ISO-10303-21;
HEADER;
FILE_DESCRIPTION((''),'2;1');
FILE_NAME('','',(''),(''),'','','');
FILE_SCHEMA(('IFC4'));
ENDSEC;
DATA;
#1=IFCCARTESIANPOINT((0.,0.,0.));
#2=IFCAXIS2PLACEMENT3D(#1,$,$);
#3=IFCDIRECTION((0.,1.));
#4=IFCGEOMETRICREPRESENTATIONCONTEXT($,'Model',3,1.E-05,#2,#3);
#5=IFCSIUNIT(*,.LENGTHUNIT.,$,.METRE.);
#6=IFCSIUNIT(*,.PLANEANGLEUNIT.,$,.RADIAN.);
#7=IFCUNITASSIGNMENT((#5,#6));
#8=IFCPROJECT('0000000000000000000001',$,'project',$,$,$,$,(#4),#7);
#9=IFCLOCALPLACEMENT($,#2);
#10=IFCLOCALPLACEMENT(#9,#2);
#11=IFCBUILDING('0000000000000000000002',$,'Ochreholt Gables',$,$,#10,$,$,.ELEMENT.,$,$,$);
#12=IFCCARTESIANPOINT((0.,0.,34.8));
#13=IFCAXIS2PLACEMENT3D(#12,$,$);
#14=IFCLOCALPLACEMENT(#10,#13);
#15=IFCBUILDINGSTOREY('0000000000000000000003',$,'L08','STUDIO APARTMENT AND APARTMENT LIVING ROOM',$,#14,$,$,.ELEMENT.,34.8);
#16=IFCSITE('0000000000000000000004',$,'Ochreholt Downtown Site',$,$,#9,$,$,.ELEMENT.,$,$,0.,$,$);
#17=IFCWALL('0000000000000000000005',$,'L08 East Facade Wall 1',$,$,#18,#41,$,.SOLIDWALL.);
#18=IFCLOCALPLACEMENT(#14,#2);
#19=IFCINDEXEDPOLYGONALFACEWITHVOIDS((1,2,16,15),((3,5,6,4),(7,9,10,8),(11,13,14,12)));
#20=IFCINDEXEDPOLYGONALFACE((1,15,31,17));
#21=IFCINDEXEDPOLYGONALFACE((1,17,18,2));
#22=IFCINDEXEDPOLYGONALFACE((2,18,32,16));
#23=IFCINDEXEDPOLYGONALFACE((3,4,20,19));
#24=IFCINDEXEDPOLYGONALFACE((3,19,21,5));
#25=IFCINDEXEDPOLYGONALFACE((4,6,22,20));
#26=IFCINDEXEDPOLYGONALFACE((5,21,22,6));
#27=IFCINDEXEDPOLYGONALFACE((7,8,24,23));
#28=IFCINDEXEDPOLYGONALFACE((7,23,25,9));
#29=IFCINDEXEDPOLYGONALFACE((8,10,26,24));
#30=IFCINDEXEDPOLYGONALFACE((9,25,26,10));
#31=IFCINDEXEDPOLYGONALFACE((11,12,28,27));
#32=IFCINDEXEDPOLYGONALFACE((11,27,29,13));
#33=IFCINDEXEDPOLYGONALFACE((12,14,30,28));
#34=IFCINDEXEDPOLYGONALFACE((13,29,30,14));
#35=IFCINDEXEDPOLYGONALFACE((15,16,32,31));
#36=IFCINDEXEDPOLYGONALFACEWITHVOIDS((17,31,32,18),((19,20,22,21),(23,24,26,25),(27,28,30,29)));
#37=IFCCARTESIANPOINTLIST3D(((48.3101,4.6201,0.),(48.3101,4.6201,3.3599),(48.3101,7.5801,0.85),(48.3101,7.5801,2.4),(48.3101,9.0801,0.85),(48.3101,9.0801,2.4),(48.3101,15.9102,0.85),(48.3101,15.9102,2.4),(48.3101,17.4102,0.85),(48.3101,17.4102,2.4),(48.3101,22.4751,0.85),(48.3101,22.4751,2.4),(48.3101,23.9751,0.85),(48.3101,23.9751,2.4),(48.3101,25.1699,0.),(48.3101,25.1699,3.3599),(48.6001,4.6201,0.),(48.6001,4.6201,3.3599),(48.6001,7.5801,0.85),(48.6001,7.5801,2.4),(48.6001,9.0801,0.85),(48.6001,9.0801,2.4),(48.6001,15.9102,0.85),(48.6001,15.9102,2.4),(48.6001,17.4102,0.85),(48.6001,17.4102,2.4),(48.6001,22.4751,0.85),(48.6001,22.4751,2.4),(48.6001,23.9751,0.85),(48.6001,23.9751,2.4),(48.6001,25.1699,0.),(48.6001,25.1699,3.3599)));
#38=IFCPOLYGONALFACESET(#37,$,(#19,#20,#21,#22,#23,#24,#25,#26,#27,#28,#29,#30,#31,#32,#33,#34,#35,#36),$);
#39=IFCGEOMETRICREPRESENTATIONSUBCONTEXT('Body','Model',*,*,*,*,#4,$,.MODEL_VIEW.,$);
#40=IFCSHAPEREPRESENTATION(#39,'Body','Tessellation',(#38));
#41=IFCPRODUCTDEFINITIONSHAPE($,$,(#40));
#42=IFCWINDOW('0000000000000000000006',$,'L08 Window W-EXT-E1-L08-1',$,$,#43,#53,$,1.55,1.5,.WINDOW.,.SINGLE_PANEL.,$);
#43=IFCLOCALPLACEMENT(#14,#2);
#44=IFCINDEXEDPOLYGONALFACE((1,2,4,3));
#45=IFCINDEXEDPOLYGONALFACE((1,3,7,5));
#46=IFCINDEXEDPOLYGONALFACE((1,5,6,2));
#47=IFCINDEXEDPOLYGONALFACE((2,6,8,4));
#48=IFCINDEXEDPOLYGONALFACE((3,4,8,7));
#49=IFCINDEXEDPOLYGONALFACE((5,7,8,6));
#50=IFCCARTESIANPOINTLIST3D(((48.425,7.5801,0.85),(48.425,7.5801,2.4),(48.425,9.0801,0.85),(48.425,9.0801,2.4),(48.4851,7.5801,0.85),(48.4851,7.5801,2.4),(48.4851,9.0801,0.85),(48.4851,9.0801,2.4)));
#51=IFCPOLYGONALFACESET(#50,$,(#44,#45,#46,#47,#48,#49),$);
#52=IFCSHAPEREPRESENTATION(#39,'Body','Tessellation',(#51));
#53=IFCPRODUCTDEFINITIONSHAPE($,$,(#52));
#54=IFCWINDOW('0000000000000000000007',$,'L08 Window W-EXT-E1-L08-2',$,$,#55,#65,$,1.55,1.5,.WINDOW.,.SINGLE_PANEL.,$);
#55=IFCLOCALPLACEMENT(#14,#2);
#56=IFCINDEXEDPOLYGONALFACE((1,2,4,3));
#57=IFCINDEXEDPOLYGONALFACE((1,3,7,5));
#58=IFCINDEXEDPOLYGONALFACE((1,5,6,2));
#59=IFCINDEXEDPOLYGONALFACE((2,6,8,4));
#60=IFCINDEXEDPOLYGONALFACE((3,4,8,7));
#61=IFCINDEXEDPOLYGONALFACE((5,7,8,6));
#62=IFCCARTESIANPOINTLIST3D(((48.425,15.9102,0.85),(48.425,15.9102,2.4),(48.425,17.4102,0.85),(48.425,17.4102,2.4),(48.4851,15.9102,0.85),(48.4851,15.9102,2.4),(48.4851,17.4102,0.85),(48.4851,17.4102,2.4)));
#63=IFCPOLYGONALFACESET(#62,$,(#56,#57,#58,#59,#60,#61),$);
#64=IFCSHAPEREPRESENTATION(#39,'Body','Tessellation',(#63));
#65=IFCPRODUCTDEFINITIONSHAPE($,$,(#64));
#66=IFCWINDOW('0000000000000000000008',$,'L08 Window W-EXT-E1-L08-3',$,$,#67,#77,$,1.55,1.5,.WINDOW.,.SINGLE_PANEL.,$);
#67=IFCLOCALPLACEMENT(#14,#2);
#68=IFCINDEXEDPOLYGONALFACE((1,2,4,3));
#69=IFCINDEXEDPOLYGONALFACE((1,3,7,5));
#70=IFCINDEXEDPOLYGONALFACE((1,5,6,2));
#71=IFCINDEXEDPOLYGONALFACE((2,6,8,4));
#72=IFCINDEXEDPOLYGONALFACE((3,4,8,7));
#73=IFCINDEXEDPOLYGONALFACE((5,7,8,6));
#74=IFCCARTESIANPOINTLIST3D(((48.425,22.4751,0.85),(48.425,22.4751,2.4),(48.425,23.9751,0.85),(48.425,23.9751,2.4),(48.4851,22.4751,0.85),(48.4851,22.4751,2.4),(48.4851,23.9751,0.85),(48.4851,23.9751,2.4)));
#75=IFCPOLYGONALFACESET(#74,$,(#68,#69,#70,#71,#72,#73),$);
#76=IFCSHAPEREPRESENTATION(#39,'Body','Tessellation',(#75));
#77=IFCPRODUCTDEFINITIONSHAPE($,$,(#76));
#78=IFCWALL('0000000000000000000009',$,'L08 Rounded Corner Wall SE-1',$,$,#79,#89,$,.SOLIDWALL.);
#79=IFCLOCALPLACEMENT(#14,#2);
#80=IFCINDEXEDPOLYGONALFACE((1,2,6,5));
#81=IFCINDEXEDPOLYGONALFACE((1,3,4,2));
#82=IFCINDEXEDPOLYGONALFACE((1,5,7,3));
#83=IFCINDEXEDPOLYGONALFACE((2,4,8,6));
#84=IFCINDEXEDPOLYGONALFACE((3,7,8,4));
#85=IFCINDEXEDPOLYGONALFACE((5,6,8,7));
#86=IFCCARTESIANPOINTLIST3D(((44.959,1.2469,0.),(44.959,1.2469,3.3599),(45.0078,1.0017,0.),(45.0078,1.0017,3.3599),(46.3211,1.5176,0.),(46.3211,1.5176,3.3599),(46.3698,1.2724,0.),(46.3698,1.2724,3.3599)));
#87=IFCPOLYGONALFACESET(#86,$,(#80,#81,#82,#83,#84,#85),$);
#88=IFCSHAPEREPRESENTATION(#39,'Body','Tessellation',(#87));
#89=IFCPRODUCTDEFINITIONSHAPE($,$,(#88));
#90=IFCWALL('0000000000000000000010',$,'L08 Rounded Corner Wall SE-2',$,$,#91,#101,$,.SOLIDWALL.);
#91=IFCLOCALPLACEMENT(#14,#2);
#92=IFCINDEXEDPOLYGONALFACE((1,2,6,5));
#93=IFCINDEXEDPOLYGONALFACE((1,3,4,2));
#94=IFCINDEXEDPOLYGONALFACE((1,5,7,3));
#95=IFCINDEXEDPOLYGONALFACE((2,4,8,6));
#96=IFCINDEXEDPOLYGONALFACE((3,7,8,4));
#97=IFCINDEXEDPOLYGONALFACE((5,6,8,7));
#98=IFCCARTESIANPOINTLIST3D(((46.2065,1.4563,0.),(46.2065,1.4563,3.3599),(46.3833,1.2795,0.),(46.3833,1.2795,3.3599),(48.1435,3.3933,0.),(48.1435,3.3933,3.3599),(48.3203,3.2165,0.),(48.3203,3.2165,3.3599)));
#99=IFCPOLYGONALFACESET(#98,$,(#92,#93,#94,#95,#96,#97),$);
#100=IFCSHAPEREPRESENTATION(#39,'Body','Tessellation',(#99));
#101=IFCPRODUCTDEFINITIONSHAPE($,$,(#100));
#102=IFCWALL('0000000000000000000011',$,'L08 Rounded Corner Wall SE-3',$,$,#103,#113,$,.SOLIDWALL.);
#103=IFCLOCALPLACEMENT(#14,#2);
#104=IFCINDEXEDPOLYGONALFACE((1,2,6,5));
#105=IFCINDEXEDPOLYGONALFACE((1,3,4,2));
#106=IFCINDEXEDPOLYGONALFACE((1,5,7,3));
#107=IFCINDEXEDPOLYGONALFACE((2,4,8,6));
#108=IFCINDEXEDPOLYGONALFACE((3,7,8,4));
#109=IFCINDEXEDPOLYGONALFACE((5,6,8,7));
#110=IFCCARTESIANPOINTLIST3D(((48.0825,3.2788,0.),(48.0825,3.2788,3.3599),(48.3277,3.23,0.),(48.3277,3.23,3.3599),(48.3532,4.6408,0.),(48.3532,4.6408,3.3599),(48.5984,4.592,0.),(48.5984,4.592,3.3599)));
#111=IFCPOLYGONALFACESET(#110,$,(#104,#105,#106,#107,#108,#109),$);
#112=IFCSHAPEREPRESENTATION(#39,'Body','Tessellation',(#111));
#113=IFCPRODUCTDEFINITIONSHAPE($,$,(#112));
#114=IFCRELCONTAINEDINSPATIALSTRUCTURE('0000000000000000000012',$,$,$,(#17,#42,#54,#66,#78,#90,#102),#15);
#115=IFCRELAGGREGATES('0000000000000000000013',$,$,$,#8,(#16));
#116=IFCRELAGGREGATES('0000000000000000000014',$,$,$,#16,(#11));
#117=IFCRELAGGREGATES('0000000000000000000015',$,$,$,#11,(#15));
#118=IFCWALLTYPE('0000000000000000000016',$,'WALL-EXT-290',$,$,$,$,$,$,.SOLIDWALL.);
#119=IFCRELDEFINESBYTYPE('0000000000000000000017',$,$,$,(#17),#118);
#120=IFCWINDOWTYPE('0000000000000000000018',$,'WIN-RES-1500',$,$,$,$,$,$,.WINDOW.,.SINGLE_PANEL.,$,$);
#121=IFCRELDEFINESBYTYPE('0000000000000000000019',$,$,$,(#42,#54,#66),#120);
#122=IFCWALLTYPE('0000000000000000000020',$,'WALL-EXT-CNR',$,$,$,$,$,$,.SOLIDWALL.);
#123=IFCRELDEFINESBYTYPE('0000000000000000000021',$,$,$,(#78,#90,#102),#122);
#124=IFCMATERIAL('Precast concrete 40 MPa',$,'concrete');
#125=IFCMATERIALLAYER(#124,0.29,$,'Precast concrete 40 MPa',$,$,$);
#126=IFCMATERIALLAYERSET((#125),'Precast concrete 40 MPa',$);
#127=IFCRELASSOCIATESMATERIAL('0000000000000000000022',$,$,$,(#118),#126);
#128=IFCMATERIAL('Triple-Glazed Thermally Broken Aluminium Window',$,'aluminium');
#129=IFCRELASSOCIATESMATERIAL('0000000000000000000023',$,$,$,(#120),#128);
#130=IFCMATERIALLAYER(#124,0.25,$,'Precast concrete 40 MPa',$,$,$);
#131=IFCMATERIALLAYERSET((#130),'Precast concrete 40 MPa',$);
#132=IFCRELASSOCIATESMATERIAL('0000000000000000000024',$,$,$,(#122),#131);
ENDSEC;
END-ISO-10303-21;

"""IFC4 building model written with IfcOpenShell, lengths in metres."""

from ifc_helpers import new_model, si_unit, direction, frame, frame_2d, origin, place, context, subcontext, project, spatial, rectangle, extrude, material, layer, layer_set, type_object, element, fill, save


model = new_model("IFC4")

# Units and contexts
model_context = context("Model", 3, precision=1e-05, world=origin(), true_north=direction((0.0, 1.0)))
body_context = subcontext(model_context, "Body", "Model", "MODEL_VIEW")
ifc_project = project(units=[si_unit("LENGTHUNIT", "METRE"), si_unit("PLANEANGLEUNIT", "RADIAN")], contexts=[model_context])

# Site, building, storey
site_placement = place(None, origin())
site = spatial("IfcSite", under=ifc_project, at=site_placement, Name="Ochreholt Downtown Site", CompositionType="ELEMENT", RefElevation=0.0)
building_placement = place(site_placement, origin())
building = spatial("IfcBuilding", under=site, at=building_placement, Name="Ochreholt Gables", CompositionType="ELEMENT")
storey_placement = place(building_placement, frame((0.0, 0.0, 34.8)))
storey = spatial("IfcBuildingStorey", under=building, at=storey_placement, Name="L08", Description="STUDIO APARTMENT AND APARTMENT LIVING ROOM", CompositionType="ELEMENT", Elevation=34.8)

# Wall, openings, windows
ifc_material_1 = material(Name="Precast concrete 40 MPa", Category="concrete")
ifc_layer_1 = layer(ifc_material_1, 0.29, Name="Precast concrete 40 MPa")
ifc_layer_set_1 = layer_set([ifc_layer_1], Name="Precast concrete 40 MPa")
wall_type_1 = type_object("IfcWallType", Name="WALL-EXT-290", PredefinedType="SOLIDWALL", material=ifc_layer_set_1)
wall_1_placement = place(storey_placement, frame((48.4551, 4.6201, 0.0), z_axis=(0.0, 0.0, 1.0), x_axis=(0.0, 1.0, 0.0)))
wall_1 = element("IfcWall", 1, at=wall_1_placement, inside=storey, type_object=wall_type_1, Name="L08 East Facade Wall 1", PredefinedType="SOLIDWALL", context=body_context, shape_type="SweptSolid", body=[
    extrude(rectangle(XDim=20.5498, YDim=0.29, at=frame_2d((10.2749, 0.0))), origin(), (0.0, 0.0, 1.0), 3.3599),
])
opening_1_placement = place(wall_1_placement, frame((2.96, 0.0, 0.8501)))
opening_1 = element("IfcOpeningElement", 2, at=opening_1_placement, cuts=wall_1, PredefinedType="OPENING", context=body_context, shape_type="SweptSolid", body=[
    extrude(rectangle(XDim=1.5, YDim=1.55, at=frame_2d((0.75, 0.7749))), frame((0.0, 0.155, 0.0), z_axis=(0.0, -1.0, 0.0), x_axis=(1.0, 0.0, 0.0)), (0.0, 0.0, 1.0), 0.3101),
])
opening_2_placement = place(wall_1_placement, frame((11.29, 0.0, 0.8501)))
opening_2 = element("IfcOpeningElement", 3, at=opening_2_placement, cuts=wall_1, PredefinedType="OPENING", context=body_context, shape_type="SweptSolid", body=[
    extrude(rectangle(XDim=1.5, YDim=1.55, at=frame_2d((0.75, 0.7749))), frame((0.0, 0.155, 0.0), z_axis=(0.0, -1.0, 0.0), x_axis=(1.0, 0.0, 0.0)), (0.0, 0.0, 1.0), 0.3101),
])
opening_3_placement = place(wall_1_placement, frame((17.855, 0.0, 0.8501)))
opening_3 = element("IfcOpeningElement", 4, at=opening_3_placement, cuts=wall_1, PredefinedType="OPENING", context=body_context, shape_type="SweptSolid", body=[
    extrude(rectangle(XDim=1.5, YDim=1.55, at=frame_2d((0.75, 0.7749))), frame((0.0, 0.155, 0.0), z_axis=(0.0, -1.0, 0.0), x_axis=(1.0, 0.0, 0.0)), (0.0, 0.0, 1.0), 0.3101),
])
ifc_material_2 = material(Name="Triple-Glazed Thermally Broken Aluminium Window", Category="aluminium")
window_type = type_object("IfcWindowType", Name="WIN-RES-1500", PartitioningType="SINGLE_PANEL", PredefinedType="WINDOW", material=ifc_material_2)
window_1_placement = place(opening_1_placement, origin())
window_1 = element("IfcWindow", 5, at=window_1_placement, inside=storey, type_object=window_type, Name="L08 Window W-EXT-E1-L08-1", OverallHeight=1.55, OverallWidth=1.5, PartitioningType="SINGLE_PANEL", PredefinedType="WINDOW", context=body_context, shape_type="SweptSolid", body=[
    extrude(rectangle(XDim=1.5, YDim=1.55, at=frame_2d((0.75, 0.7749))), frame((0.0, 0.03, 0.0), z_axis=(0.0, -1.0, 0.0), x_axis=(1.0, 0.0, 0.0)), (0.0, 0.0, 1.0), 0.0601),
])
fill(opening_1, window_1)
window_2_placement = place(opening_2_placement, origin())
window_2 = element("IfcWindow", 6, at=window_2_placement, inside=storey, type_object=window_type, Name="L08 Window W-EXT-E1-L08-2", OverallHeight=1.55, OverallWidth=1.5, PartitioningType="SINGLE_PANEL", PredefinedType="WINDOW", context=body_context, shape_type="SweptSolid", body=[
    extrude(rectangle(XDim=1.5, YDim=1.55, at=frame_2d((0.75, 0.7749))), frame((0.0, 0.03, 0.0), z_axis=(0.0, -1.0, 0.0), x_axis=(1.0, 0.0, 0.0)), (0.0, 0.0, 1.0), 0.0601),
])
fill(opening_2, window_2)
window_3_placement = place(opening_3_placement, origin())
window_3 = element("IfcWindow", 7, at=window_3_placement, inside=storey, type_object=window_type, Name="L08 Window W-EXT-E1-L08-3", OverallHeight=1.55, OverallWidth=1.5, PartitioningType="SINGLE_PANEL", PredefinedType="WINDOW", context=body_context, shape_type="SweptSolid", body=[
    extrude(rectangle(XDim=1.5, YDim=1.55, at=frame_2d((0.75, 0.7749))), frame((0.0, 0.03, 0.0), z_axis=(0.0, -1.0, 0.0), x_axis=(1.0, 0.0, 0.0)), (0.0, 0.0, 1.0), 0.0601),
])
fill(opening_3, window_3)

# Walls
ifc_layer_2 = layer(ifc_material_1, 0.25, Name="Precast concrete 40 MPa")
ifc_layer_set_2 = layer_set([ifc_layer_2], Name="Precast concrete 40 MPa")
wall_type_2 = type_object("IfcWallType", Name="WALL-EXT-CNR", PredefinedType="SOLIDWALL", material=ifc_layer_set_2)
wall_2_placement = place(storey_placement, frame((44.9834, 1.1243, 0.0), z_axis=(0.0, 0.0, 1.0), x_axis=(0.98081, 0.194967, 0.0)))
element("IfcWall", 8, at=wall_2_placement, inside=storey, type_object=wall_type_2, Name="L08 Rounded Corner Wall SE-1", PredefinedType="SOLIDWALL", context=body_context, shape_type="SweptSolid", body=[
    extrude(rectangle(XDim=1.3887, YDim=0.25, at=frame_2d((0.6943, 0.0))), origin(), (0.0, 0.0, 1.0), 3.3599),
])
wall_3_placement = place(storey_placement, frame((46.2949, 1.3679, 0.0), z_axis=(0.0, 0.0, 1.0), x_axis=(0.707107, 0.707107, 0.0)))
element("IfcWall", 9, at=wall_3_placement, inside=storey, type_object=wall_type_2, Name="L08 Rounded Corner Wall SE-2", PredefinedType="SOLIDWALL", context=body_context, shape_type="SweptSolid", body=[
    extrude(rectangle(XDim=2.7393, YDim=0.25, at=frame_2d((1.3696, 0.0))), origin(), (0.0, 0.0, 1.0), 3.3599),
])
wall_4_placement = place(storey_placement, frame((48.2051, 3.2544, 0.0), z_axis=(0.0, 0.0, 1.0), x_axis=(0.194967, 0.98081, 0.0)))
element("IfcWall", 10, at=wall_4_placement, inside=storey, type_object=wall_type_2, Name="L08 Rounded Corner Wall SE-3", PredefinedType="SOLIDWALL", context=body_context, shape_type="SweptSolid", body=[
    extrude(rectangle(XDim=1.3887, YDim=0.25, at=frame_2d((0.6943, 0.0))), origin(), (0.0, 0.0, 1.0), 3.3599),
])

save(model, "model.ifc")
